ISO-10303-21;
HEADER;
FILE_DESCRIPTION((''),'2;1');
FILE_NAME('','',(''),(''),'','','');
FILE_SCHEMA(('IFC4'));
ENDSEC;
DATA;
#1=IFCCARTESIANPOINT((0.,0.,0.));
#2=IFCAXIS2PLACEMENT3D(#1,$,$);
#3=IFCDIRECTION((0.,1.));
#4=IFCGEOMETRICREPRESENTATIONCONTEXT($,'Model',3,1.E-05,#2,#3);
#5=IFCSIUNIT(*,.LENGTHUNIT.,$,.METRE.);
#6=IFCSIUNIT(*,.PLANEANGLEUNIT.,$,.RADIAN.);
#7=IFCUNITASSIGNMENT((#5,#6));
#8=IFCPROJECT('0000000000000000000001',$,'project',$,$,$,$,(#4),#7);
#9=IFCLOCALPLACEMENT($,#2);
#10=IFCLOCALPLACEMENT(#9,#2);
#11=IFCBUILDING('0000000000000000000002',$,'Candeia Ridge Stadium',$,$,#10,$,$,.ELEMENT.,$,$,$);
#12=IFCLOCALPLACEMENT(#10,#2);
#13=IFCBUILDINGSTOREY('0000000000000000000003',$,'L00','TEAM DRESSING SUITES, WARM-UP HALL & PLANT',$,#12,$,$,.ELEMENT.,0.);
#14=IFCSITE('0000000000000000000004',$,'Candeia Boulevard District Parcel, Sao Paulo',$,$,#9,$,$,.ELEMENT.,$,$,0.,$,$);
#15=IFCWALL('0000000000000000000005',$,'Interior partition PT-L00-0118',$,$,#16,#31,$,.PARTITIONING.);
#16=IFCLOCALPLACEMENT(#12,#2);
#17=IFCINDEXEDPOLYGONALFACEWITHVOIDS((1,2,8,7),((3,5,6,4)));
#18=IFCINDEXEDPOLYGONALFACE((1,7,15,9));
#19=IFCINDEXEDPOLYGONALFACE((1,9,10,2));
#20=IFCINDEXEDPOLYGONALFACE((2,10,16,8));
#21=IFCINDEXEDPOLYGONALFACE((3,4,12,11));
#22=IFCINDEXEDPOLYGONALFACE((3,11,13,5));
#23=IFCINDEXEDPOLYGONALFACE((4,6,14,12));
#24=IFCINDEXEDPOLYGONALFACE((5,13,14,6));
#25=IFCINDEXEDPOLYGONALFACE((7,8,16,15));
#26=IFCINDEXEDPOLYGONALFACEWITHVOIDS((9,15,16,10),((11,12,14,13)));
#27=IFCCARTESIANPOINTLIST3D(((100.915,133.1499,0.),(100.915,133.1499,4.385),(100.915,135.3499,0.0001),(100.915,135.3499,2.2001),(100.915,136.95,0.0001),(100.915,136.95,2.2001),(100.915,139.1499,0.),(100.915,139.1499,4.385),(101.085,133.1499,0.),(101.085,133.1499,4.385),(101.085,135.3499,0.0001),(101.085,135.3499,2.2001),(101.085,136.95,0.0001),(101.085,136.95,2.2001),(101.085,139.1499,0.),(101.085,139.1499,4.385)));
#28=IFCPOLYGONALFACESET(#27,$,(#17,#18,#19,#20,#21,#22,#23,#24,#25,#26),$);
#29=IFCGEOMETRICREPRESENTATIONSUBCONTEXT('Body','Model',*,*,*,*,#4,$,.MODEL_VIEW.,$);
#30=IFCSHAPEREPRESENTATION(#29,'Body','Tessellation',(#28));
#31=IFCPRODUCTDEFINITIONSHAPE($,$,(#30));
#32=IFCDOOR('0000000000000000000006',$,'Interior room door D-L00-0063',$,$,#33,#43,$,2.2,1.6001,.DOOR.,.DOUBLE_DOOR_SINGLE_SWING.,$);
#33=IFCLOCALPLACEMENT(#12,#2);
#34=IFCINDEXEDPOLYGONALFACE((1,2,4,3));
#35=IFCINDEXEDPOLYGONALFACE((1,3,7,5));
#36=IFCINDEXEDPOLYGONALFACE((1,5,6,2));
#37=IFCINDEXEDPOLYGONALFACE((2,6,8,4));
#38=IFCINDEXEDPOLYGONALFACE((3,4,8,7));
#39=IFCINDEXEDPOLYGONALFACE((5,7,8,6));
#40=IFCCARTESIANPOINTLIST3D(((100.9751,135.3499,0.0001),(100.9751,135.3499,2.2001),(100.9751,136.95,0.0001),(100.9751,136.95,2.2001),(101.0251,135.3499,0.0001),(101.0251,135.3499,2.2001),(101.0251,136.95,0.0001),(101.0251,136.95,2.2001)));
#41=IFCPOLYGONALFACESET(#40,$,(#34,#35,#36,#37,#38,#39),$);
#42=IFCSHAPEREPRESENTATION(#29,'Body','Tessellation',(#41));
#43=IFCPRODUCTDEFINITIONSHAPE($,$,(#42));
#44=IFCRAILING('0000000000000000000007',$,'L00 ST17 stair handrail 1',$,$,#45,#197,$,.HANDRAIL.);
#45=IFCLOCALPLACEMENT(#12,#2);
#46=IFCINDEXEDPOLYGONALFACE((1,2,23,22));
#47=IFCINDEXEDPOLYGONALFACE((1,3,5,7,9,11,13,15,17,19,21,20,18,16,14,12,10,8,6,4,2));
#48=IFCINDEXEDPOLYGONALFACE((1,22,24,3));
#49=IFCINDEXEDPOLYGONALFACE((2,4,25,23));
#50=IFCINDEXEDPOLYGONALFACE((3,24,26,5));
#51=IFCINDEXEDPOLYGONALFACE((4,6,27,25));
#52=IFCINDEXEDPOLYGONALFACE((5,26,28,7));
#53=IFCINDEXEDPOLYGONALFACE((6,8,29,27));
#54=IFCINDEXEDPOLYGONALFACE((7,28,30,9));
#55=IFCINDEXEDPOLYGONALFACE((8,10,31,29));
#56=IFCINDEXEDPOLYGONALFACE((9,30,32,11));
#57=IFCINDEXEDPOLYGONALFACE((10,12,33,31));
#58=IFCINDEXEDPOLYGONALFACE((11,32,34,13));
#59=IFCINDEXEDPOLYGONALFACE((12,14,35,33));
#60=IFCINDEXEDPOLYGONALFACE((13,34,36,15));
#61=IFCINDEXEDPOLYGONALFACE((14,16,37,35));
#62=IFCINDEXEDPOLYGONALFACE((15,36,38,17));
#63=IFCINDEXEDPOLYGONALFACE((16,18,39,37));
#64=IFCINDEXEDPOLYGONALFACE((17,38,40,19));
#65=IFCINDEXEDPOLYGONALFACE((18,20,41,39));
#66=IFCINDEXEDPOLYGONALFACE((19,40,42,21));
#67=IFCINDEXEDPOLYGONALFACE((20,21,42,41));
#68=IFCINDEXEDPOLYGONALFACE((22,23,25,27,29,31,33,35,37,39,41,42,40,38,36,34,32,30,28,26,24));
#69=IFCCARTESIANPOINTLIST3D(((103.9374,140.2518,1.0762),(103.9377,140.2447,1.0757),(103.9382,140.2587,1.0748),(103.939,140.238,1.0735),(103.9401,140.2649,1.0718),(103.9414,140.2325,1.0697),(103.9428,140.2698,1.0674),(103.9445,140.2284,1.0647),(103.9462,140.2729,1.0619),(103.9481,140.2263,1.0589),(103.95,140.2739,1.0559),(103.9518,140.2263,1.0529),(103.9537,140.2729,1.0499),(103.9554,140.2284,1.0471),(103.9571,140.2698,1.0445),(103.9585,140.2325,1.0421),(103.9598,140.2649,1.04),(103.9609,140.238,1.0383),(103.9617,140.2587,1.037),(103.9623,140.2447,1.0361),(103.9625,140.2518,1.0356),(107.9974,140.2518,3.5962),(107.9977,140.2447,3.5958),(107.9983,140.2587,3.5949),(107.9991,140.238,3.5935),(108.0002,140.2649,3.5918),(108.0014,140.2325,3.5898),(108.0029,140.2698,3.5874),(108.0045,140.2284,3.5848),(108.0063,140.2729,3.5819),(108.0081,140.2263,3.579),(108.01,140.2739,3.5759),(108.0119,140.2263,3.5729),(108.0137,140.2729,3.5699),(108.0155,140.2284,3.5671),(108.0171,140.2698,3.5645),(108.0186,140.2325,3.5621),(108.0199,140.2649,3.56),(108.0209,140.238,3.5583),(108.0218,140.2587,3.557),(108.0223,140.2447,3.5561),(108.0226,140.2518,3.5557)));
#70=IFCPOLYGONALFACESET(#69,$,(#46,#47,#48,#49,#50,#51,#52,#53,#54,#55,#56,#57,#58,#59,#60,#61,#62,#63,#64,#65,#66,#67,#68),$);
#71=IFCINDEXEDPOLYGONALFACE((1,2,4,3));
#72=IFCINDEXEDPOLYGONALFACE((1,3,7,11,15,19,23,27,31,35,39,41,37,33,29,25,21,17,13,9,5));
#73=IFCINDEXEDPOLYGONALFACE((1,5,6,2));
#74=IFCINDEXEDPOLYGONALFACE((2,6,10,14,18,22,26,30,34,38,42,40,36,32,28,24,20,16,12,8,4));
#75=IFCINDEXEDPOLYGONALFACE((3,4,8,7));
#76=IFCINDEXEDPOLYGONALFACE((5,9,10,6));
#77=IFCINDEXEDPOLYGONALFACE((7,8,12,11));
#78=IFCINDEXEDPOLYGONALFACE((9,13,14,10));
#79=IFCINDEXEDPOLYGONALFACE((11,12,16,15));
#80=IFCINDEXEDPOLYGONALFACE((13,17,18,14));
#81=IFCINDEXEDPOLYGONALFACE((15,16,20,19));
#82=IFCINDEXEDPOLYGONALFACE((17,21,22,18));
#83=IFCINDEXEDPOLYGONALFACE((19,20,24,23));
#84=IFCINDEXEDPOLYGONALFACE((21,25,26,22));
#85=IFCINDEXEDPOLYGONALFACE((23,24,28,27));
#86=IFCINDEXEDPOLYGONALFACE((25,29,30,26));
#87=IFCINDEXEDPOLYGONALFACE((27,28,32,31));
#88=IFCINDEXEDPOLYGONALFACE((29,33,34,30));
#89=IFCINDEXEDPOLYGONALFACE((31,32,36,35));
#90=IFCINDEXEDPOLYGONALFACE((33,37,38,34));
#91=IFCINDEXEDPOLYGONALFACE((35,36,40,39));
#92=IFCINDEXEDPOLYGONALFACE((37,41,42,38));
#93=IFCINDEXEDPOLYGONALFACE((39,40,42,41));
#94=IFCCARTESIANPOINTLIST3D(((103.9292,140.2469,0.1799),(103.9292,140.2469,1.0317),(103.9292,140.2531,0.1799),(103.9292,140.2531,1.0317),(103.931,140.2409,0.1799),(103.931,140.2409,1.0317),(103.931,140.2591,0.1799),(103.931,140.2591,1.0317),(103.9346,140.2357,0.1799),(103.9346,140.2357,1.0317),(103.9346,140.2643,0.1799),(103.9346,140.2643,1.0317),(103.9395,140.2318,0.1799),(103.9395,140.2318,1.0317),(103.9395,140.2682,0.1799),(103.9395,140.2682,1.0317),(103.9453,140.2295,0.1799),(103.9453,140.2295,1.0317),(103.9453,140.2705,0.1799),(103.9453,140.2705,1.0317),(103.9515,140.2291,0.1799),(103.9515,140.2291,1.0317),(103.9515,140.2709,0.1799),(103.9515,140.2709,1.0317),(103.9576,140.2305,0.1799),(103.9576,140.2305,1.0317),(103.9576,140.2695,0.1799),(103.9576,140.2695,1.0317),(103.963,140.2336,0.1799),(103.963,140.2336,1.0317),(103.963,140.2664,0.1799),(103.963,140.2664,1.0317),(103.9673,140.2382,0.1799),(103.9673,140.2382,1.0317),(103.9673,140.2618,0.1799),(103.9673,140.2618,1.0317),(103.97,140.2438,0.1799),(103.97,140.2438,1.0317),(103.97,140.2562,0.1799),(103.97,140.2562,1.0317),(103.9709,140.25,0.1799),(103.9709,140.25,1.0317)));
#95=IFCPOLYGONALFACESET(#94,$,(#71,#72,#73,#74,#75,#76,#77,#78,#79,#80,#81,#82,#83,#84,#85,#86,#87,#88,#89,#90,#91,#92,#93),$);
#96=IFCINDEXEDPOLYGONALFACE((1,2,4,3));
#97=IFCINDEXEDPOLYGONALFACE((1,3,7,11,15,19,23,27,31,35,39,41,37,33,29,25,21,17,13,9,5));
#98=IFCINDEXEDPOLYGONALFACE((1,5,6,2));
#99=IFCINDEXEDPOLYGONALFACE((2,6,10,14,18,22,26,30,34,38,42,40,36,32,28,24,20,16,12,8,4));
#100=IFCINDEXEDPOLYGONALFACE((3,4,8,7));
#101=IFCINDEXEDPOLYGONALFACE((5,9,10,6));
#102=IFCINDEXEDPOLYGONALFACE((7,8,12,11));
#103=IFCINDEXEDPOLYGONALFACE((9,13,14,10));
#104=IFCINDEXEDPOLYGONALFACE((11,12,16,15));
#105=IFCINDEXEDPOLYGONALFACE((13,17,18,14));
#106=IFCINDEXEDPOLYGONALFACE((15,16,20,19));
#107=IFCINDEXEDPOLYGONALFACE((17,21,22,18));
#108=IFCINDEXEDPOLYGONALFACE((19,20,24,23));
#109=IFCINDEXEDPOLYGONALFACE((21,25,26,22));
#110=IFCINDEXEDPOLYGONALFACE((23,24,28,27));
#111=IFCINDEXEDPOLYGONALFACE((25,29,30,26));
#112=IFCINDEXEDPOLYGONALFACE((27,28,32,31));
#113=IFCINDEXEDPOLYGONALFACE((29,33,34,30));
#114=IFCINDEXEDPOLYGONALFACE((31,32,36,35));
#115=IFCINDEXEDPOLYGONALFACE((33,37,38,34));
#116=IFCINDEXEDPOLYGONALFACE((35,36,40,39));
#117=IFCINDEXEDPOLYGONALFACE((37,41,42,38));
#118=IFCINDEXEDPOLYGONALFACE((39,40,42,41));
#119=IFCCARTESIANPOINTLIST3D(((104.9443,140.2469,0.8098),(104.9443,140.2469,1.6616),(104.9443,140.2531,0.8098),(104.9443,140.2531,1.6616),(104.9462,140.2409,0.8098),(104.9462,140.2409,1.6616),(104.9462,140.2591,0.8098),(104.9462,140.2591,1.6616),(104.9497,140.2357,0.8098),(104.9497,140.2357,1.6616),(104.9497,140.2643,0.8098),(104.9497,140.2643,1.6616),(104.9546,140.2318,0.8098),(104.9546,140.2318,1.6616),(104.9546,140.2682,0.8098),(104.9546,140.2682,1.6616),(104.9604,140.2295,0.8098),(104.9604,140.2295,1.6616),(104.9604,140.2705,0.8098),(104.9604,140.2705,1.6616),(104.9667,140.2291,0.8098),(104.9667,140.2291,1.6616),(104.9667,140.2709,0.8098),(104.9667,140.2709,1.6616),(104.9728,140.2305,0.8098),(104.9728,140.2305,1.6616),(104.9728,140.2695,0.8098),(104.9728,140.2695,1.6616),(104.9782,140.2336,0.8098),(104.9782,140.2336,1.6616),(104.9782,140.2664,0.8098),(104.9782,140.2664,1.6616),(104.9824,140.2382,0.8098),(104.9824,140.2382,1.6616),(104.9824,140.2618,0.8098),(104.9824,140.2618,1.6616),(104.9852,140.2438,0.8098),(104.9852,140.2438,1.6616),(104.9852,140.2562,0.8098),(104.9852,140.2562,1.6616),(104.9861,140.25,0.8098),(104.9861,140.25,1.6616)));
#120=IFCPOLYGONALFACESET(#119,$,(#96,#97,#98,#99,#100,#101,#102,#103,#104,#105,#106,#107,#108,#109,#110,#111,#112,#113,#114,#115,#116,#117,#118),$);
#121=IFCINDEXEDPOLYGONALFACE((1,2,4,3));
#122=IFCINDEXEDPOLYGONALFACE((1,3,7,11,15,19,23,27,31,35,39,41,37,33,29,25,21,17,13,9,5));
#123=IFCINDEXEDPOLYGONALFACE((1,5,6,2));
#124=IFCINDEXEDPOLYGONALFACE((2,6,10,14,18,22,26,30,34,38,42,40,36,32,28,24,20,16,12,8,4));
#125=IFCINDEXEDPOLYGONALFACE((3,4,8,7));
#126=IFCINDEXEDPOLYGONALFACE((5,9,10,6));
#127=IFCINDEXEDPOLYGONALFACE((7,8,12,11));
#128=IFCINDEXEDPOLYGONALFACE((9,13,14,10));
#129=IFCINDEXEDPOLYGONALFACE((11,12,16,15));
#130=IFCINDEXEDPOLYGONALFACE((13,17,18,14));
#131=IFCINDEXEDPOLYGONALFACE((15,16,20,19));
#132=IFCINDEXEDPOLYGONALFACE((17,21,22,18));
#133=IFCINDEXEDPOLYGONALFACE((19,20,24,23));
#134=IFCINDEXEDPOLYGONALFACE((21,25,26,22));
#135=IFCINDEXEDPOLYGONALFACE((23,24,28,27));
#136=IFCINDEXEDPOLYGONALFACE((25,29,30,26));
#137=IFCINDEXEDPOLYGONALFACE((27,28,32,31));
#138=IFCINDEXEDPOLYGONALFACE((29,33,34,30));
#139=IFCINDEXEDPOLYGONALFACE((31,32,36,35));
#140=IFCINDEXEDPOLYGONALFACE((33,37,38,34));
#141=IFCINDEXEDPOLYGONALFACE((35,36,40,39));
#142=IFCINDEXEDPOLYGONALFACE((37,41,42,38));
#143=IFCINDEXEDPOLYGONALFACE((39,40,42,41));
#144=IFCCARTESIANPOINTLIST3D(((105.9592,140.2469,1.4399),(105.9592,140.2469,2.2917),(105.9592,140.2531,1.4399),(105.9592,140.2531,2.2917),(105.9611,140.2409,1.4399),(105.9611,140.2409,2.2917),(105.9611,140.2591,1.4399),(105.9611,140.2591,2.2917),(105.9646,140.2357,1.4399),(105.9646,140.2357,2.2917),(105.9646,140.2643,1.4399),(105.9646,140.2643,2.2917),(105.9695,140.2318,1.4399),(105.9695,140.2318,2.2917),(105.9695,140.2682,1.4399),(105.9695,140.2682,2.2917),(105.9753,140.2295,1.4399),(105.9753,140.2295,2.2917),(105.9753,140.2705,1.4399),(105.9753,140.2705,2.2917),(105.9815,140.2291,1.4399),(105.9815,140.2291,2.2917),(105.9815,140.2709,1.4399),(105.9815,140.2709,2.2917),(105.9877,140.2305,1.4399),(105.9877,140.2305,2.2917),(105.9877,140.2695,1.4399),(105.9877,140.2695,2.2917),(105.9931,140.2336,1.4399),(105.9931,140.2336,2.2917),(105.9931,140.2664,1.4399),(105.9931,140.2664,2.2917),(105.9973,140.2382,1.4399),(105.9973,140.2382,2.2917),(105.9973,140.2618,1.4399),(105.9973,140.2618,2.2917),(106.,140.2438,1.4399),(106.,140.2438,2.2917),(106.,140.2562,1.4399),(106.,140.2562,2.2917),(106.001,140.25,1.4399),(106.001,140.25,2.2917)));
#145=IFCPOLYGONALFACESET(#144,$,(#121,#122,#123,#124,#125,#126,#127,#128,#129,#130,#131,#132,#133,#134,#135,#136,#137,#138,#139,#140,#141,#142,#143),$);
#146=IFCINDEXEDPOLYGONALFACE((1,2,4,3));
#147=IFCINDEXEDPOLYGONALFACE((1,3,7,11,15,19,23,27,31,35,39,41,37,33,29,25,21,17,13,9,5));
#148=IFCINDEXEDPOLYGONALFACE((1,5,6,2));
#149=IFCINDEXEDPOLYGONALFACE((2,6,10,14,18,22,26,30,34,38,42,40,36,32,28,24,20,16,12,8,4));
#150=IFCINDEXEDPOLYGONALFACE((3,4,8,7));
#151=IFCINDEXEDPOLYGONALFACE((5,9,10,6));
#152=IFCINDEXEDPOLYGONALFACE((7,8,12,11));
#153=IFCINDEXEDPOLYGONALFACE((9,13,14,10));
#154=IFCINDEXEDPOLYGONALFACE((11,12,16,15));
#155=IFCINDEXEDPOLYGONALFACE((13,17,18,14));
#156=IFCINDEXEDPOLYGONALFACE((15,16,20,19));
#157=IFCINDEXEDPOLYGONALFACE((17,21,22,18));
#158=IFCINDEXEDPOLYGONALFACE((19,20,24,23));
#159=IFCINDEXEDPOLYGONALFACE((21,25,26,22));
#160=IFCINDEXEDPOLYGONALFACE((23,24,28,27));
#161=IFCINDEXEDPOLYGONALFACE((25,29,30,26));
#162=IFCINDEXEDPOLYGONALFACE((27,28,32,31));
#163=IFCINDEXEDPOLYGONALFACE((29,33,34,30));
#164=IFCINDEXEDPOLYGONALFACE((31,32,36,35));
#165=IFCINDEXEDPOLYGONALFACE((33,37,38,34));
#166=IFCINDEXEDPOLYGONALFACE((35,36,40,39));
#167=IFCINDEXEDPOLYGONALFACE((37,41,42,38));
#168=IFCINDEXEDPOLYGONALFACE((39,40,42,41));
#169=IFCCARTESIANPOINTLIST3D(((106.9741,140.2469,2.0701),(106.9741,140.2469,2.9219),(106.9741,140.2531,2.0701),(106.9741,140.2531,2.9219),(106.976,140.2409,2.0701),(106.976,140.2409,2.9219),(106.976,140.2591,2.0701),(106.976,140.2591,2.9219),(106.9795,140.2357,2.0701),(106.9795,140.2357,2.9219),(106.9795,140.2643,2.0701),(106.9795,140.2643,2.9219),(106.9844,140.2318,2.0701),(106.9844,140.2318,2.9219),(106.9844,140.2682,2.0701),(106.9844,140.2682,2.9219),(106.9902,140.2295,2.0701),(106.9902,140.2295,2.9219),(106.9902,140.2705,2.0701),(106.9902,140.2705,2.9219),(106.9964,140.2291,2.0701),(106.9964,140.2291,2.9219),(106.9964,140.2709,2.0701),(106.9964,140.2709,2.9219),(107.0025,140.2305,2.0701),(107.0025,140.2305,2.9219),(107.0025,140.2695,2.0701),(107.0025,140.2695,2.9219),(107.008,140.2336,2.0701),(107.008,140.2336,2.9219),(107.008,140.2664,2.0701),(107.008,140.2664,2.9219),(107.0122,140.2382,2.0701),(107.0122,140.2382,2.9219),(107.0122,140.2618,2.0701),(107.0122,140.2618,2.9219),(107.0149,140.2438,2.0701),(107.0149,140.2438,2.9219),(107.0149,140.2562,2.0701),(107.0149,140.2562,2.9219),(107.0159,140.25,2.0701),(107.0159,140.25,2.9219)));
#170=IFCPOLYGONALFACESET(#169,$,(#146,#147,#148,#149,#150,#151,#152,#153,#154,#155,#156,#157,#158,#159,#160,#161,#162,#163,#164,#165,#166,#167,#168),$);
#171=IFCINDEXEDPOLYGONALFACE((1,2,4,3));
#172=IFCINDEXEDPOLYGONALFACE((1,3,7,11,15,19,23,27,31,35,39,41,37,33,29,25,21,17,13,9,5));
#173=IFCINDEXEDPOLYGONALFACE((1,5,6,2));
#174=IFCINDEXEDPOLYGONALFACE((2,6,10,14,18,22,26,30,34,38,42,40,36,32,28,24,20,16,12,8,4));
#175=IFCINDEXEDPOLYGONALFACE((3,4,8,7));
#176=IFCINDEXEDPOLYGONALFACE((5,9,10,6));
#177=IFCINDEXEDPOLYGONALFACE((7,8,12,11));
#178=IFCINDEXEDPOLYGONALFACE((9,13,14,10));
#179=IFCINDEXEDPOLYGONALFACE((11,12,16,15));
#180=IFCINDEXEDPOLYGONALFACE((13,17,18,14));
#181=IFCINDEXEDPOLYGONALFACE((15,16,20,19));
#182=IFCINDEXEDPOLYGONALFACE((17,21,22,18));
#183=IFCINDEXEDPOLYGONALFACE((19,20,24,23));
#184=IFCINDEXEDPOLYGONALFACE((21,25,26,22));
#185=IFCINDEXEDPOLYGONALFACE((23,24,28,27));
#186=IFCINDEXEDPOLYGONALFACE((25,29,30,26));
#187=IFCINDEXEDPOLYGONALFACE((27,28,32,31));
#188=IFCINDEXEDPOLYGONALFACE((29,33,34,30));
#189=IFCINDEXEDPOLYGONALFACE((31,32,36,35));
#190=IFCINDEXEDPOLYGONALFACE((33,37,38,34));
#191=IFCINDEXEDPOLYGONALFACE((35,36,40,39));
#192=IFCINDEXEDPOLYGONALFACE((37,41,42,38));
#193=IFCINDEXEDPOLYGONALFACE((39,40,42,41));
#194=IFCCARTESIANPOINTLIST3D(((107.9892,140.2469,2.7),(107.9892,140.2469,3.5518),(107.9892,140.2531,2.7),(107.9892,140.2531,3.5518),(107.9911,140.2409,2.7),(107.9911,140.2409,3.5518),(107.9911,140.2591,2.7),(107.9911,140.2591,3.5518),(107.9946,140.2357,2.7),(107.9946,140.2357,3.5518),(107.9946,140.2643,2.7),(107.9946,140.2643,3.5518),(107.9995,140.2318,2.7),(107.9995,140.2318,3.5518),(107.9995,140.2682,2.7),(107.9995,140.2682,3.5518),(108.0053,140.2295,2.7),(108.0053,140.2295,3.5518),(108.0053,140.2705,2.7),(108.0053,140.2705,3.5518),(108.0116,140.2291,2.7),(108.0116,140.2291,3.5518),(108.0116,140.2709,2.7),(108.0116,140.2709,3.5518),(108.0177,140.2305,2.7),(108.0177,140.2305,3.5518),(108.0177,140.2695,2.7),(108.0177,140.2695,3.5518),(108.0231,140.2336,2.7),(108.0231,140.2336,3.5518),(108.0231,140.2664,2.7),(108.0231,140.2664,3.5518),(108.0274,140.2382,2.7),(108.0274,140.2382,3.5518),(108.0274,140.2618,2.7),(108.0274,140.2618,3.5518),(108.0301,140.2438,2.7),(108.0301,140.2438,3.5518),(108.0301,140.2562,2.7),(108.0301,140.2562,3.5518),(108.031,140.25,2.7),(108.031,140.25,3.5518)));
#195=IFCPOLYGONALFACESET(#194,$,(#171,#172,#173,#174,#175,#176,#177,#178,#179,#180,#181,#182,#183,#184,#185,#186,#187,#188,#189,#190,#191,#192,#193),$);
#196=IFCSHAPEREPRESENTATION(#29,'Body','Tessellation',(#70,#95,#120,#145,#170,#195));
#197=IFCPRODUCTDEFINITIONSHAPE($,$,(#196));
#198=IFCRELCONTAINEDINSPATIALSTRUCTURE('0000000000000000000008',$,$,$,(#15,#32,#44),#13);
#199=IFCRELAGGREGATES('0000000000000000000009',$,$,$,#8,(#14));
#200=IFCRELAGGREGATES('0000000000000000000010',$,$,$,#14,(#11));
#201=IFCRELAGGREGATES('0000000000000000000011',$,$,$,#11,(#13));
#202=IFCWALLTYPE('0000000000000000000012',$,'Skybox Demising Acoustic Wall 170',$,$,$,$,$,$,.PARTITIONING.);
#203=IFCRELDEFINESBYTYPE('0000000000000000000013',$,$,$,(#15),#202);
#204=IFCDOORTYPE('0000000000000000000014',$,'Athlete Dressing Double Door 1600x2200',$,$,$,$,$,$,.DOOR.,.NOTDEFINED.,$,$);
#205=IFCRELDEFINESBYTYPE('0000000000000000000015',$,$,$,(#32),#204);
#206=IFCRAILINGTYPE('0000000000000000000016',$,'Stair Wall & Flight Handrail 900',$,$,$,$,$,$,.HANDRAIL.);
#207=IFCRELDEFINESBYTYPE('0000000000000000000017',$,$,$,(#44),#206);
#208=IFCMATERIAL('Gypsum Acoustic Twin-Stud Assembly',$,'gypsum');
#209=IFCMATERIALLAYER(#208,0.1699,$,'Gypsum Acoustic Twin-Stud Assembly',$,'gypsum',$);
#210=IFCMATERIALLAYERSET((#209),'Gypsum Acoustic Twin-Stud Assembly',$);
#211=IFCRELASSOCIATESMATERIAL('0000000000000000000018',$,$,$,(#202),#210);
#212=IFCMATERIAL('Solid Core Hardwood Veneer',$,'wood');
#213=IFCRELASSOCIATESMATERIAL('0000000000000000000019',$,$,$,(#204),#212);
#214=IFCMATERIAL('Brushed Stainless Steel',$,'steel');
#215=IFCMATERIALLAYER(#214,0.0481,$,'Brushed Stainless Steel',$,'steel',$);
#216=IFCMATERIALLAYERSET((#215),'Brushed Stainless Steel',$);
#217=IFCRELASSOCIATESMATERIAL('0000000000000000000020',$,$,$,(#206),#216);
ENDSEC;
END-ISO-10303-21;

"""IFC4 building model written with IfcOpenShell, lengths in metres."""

from ifc_helpers import new_model, si_unit, direction, frame, frame_2d, origin, origin_2d, place, context, subcontext, project, spatial, rectangle, circle, extrude, material, layer, layer_set, type_object, element, fill, save


model = new_model("IFC4")

# Units and contexts
model_context = context("Model", 3, precision=1e-05, world=origin(), true_north=direction((0.0, 1.0)))
body_context = subcontext(model_context, "Body", "Model", "MODEL_VIEW")
ifc_project = project(units=[si_unit("LENGTHUNIT", "METRE"), si_unit("PLANEANGLEUNIT", "RADIAN")], contexts=[model_context])

# Site, building, storey
site_placement = place(None, origin())
site = spatial("IfcSite", under=ifc_project, at=site_placement, Name="Candeia Boulevard District Parcel, Sao Paulo", CompositionType="ELEMENT", RefElevation=0.0)
building_placement = place(site_placement, origin())
building = spatial("IfcBuilding", under=site, at=building_placement, Name="Candeia Ridge Stadium", CompositionType="ELEMENT")
storey_placement = place(building_placement, origin())
storey = spatial("IfcBuildingStorey", under=building, at=storey_placement, Name="L00", Description="TEAM DRESSING SUITES, WARM-UP HALL & PLANT", CompositionType="ELEMENT", Elevation=0.0)

# Wall, opening, door
ifc_material_1 = material(Name="Gypsum Acoustic Twin-Stud Assembly", Category="gypsum")
ifc_layer_1 = layer(ifc_material_1, 0.1699, Name="Gypsum Acoustic Twin-Stud Assembly", Category="gypsum")
ifc_layer_set_1 = layer_set([ifc_layer_1], Name="Gypsum Acoustic Twin-Stud Assembly")
wall_type_1 = type_object("IfcWallType", Name="Skybox Demising Acoustic Wall 170", PredefinedType="PARTITIONING", material=ifc_layer_set_1)
wall_1_placement = place(storey_placement, frame((101.0, 133.1499, 0.0), z_axis=(0.0, 0.0, 1.0), x_axis=(0.0, 1.0, 0.0)))
wall_1 = element("IfcWall", 1, at=wall_1_placement, inside=storey, type_object=wall_type_1, Name="Interior partition PT-L00-0118", PredefinedType="PARTITIONING", context=body_context, shape_type="SweptSolid", body=[
    extrude(rectangle(XDim=6.0, YDim=0.1699, at=frame_2d((3.0, 0.0))), origin(), (0.0, 0.0, 1.0), 4.385),
])
opening_placement = place(wall_1_placement, frame((2.2, 0.0, 0.0)))
opening = element("IfcOpeningElement", 2, at=opening_placement, cuts=wall_1, PredefinedType="OPENING", context=body_context, shape_type="SweptSolid", body=[
    extrude(rectangle(XDim=1.6001, YDim=2.2, at=frame_2d((0.8, 1.1001))), frame((0.0, 0.095, 0.0), z_axis=(0.0, -1.0, 0.0), x_axis=(1.0, 0.0, 0.0)), (0.0, 0.0, 1.0), 0.1899),
])
ifc_material_2 = material(Name="Solid Core Hardwood Veneer", Category="wood")
door_type = type_object("IfcDoorType", Name="Athlete Dressing Double Door 1600x2200", OperationType="NOTDEFINED", PredefinedType="DOOR", material=ifc_material_2)
door_placement = place(opening_placement, origin())
door = element("IfcDoor", 3, at=door_placement, inside=storey, type_object=door_type, Name="Interior room door D-L00-0063", OperationType="DOUBLE_DOOR_SINGLE_SWING", OverallHeight=2.2, OverallWidth=1.6001, PredefinedType="DOOR", context=body_context, shape_type="SweptSolid", body=[
    extrude(rectangle(XDim=1.6001, YDim=2.2, at=frame_2d((0.8, 1.1001))), frame((0.0, 0.0249, 0.0), z_axis=(0.0, -1.0, 0.0), x_axis=(1.0, 0.0, 0.0)), (0.0, 0.0, 1.0), 0.05),
])
fill(opening, door)

# Railing
ifc_material_3 = material(Name="Brushed Stainless Steel", Category="steel")
ifc_layer_2 = layer(ifc_material_3, 0.0481, Name="Brushed Stainless Steel", Category="steel")
ifc_layer_set_2 = layer_set([ifc_layer_2], Name="Brushed Stainless Steel")
railing_type_1 = type_object("IfcRailingType", Name="Stair Wall & Flight Handrail 900", PredefinedType="HANDRAIL", material=ifc_layer_set_2)
railing_1_placement = place(storey_placement, frame((103.95, 140.25, 0.1799)))
element("IfcRailing", 4, at=railing_1_placement, inside=storey, type_object=railing_type_1, Name="L00 ST17 stair handrail 1", PredefinedType="HANDRAIL", context=body_context, shape_type="SweptSolid", body=[
    extrude(circle(Radius=0.0239, at=origin_2d()), frame((0.0, 0.0, 0.876), z_axis=(0.849642, 0.0, 0.52736), x_axis=(0.0, 1.0, 0.0)), (0.0, 0.0, 1.0), 4.7786),
    extrude(circle(Radius=0.021, at=origin_2d()), origin(), (0.0, 0.0, 1.0), 0.8518),
    extrude(circle(Radius=0.021, at=origin_2d()), frame((1.0151, 0.0, 0.6299)), (0.0, 0.0, 1.0), 0.8518),
    extrude(circle(Radius=0.021, at=origin_2d()), frame((2.03, 0.0, 1.26)), (0.0, 0.0, 1.0), 0.8518),
    extrude(circle(Radius=0.021, at=origin_2d()), frame((3.0449, 0.0, 1.8901)), (0.0, 0.0, 1.0), 0.8518),
    extrude(circle(Radius=0.021, at=origin_2d()), frame((4.0601, 0.0, 2.52)), (0.0, 0.0, 1.0), 0.8518),
])

save(model, "model.ifc")
